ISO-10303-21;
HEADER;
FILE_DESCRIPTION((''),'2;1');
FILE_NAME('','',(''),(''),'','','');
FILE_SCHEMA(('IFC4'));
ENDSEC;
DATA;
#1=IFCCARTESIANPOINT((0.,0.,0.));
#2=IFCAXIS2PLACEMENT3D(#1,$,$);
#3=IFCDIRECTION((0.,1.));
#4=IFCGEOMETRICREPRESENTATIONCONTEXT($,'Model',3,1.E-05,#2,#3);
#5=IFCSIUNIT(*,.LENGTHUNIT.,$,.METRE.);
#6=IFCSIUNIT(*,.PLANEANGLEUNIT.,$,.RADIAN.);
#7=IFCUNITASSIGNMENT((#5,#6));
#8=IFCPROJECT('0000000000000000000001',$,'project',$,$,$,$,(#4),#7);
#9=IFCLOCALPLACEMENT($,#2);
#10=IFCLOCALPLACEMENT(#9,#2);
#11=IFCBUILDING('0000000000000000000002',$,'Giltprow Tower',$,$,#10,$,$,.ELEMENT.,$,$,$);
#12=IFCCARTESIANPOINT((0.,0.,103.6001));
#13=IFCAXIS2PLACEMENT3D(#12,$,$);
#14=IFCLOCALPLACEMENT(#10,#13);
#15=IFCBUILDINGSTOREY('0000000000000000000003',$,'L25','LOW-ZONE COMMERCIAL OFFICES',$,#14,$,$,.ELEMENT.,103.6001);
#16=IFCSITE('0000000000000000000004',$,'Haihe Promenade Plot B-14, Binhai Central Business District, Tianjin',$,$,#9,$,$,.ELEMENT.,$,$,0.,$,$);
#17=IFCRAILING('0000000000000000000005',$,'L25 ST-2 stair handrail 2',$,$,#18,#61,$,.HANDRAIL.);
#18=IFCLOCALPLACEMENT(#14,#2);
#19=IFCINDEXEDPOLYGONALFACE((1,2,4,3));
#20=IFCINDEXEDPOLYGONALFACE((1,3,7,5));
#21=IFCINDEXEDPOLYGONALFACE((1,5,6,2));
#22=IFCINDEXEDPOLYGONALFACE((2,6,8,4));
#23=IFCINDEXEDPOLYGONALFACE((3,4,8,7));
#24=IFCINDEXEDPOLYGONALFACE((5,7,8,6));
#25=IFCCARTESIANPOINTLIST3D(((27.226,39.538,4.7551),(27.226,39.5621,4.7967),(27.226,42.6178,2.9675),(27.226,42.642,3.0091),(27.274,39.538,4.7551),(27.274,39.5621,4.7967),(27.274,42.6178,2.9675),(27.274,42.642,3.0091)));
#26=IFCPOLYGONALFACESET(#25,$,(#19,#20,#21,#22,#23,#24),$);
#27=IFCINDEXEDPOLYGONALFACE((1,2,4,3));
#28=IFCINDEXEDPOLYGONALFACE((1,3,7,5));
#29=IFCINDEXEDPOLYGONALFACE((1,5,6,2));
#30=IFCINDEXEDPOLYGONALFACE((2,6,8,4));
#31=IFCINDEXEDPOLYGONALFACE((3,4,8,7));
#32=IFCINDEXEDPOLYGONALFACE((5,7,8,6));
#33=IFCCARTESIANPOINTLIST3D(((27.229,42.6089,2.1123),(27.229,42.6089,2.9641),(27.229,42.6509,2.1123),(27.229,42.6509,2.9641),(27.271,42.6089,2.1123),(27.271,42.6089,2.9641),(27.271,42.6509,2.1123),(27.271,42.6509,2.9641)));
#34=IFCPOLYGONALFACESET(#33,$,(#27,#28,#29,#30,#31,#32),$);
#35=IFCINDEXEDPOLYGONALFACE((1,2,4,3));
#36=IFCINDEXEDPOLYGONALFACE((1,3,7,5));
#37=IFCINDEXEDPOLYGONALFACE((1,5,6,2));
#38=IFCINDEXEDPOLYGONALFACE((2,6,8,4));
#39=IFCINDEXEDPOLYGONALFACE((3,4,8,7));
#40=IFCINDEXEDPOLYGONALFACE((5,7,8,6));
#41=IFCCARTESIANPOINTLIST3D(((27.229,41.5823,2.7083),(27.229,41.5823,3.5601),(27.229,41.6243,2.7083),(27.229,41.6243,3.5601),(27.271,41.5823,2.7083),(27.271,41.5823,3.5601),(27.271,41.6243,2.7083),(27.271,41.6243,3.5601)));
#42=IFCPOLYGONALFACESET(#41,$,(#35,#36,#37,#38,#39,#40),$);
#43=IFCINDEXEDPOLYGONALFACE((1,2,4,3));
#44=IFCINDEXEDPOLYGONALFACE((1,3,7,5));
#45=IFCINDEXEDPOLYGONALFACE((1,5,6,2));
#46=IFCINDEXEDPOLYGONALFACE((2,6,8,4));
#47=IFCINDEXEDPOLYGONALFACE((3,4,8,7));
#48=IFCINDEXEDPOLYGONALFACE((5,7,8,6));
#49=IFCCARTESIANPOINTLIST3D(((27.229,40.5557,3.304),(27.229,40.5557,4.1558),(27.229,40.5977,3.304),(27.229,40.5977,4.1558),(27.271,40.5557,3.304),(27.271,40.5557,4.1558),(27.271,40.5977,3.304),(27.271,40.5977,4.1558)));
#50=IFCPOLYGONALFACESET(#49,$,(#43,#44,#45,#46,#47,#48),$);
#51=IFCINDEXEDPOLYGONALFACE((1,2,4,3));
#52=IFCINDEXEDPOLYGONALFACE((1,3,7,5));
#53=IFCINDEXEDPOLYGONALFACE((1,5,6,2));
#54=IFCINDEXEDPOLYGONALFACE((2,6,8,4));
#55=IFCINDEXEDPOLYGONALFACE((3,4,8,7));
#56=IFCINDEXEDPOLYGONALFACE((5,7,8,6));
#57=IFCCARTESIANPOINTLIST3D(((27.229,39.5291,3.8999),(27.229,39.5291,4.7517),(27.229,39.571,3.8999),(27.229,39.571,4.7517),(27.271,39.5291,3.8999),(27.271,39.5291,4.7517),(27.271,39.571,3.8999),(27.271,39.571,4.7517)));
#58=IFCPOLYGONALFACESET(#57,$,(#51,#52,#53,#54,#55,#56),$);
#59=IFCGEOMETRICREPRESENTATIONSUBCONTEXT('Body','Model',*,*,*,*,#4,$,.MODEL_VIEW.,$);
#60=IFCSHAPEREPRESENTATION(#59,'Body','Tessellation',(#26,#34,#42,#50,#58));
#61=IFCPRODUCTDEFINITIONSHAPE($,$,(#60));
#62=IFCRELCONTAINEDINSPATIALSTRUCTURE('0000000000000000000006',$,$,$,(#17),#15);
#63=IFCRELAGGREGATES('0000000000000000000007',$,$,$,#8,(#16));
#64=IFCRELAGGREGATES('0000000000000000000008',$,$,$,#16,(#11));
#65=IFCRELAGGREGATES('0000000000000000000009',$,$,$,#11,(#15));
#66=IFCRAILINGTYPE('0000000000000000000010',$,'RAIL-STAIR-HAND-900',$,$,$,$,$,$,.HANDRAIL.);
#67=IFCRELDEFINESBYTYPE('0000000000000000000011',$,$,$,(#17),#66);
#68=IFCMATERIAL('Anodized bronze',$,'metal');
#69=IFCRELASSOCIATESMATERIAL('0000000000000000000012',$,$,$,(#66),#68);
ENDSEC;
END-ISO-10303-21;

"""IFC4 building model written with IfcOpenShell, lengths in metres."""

from ifc_helpers import new_model, si_unit, direction, frame, origin, origin_2d, place, context, subcontext, project, spatial, rectangle, extrude, material, type_object, element, save


model = new_model("IFC4")

# Units and contexts
model_context = context("Model", 3, precision=1e-05, world=origin(), true_north=direction((0.0, 1.0)))
body_context = subcontext(model_context, "Body", "Model", "MODEL_VIEW")
ifc_project = project(units=[si_unit("LENGTHUNIT", "METRE"), si_unit("PLANEANGLEUNIT", "RADIAN")], contexts=[model_context])

# Site, building, storey
site_placement = place(None, origin())
site = spatial("IfcSite", under=ifc_project, at=site_placement, Name="Haihe Promenade Plot B-14, Binhai Central Business District, Tianjin", CompositionType="ELEMENT", RefElevation=0.0)
building_placement = place(site_placement, origin())
building = spatial("IfcBuilding", under=site, at=building_placement, Name="Giltprow Tower", CompositionType="ELEMENT")
storey_placement = place(building_placement, frame((0.0, 0.0, 103.6001)))
storey = spatial("IfcBuildingStorey", under=building, at=storey_placement, Name="L25", Description="LOW-ZONE COMMERCIAL OFFICES", CompositionType="ELEMENT", Elevation=103.6001)

# Railing
ifc_material_1 = material(Name="Anodized bronze", Category="metal")
railing_type_1 = type_object("IfcRailingType", Name="RAIL-STAIR-HAND-900", PredefinedType="HANDRAIL", material=ifc_material_1)
railing_1_placement = place(storey_placement, frame((27.25, 42.6299, 2.1123)))
element("IfcRailing", 1, at=railing_1_placement, inside=storey, type_object=railing_type_1, Name="L25 ST-2 stair handrail 2", PredefinedType="HANDRAIL", context=body_context, shape_type="SweptSolid", body=[
    extrude(rectangle(XDim=0.0481, YDim=0.0481, at=origin_2d()), frame((0.0, 0.0, 0.876), z_axis=(0.0, -0.864873, 0.50199), x_axis=(1.0, 0.0, 0.0)), (0.0, 0.0, 1.0), 3.561),
    extrude(rectangle(XDim=0.042, YDim=0.042, at=origin_2d()), origin(), (0.0, 0.0, 1.0), 0.8518),
    extrude(rectangle(XDim=0.042, YDim=0.042, at=origin_2d()), frame((0.0, -1.0266, 0.5959)), (0.0, 0.0, 1.0), 0.8518),
    extrude(rectangle(XDim=0.042, YDim=0.042, at=origin_2d()), frame((0.0, -2.0532, 1.1917)), (0.0, 0.0, 1.0), 0.8518),
    extrude(rectangle(XDim=0.042, YDim=0.042, at=origin_2d()), frame((0.0, -3.0798, 1.7876)), (0.0, 0.0, 1.0), 0.8518),
])

save(model, "model.ifc")
